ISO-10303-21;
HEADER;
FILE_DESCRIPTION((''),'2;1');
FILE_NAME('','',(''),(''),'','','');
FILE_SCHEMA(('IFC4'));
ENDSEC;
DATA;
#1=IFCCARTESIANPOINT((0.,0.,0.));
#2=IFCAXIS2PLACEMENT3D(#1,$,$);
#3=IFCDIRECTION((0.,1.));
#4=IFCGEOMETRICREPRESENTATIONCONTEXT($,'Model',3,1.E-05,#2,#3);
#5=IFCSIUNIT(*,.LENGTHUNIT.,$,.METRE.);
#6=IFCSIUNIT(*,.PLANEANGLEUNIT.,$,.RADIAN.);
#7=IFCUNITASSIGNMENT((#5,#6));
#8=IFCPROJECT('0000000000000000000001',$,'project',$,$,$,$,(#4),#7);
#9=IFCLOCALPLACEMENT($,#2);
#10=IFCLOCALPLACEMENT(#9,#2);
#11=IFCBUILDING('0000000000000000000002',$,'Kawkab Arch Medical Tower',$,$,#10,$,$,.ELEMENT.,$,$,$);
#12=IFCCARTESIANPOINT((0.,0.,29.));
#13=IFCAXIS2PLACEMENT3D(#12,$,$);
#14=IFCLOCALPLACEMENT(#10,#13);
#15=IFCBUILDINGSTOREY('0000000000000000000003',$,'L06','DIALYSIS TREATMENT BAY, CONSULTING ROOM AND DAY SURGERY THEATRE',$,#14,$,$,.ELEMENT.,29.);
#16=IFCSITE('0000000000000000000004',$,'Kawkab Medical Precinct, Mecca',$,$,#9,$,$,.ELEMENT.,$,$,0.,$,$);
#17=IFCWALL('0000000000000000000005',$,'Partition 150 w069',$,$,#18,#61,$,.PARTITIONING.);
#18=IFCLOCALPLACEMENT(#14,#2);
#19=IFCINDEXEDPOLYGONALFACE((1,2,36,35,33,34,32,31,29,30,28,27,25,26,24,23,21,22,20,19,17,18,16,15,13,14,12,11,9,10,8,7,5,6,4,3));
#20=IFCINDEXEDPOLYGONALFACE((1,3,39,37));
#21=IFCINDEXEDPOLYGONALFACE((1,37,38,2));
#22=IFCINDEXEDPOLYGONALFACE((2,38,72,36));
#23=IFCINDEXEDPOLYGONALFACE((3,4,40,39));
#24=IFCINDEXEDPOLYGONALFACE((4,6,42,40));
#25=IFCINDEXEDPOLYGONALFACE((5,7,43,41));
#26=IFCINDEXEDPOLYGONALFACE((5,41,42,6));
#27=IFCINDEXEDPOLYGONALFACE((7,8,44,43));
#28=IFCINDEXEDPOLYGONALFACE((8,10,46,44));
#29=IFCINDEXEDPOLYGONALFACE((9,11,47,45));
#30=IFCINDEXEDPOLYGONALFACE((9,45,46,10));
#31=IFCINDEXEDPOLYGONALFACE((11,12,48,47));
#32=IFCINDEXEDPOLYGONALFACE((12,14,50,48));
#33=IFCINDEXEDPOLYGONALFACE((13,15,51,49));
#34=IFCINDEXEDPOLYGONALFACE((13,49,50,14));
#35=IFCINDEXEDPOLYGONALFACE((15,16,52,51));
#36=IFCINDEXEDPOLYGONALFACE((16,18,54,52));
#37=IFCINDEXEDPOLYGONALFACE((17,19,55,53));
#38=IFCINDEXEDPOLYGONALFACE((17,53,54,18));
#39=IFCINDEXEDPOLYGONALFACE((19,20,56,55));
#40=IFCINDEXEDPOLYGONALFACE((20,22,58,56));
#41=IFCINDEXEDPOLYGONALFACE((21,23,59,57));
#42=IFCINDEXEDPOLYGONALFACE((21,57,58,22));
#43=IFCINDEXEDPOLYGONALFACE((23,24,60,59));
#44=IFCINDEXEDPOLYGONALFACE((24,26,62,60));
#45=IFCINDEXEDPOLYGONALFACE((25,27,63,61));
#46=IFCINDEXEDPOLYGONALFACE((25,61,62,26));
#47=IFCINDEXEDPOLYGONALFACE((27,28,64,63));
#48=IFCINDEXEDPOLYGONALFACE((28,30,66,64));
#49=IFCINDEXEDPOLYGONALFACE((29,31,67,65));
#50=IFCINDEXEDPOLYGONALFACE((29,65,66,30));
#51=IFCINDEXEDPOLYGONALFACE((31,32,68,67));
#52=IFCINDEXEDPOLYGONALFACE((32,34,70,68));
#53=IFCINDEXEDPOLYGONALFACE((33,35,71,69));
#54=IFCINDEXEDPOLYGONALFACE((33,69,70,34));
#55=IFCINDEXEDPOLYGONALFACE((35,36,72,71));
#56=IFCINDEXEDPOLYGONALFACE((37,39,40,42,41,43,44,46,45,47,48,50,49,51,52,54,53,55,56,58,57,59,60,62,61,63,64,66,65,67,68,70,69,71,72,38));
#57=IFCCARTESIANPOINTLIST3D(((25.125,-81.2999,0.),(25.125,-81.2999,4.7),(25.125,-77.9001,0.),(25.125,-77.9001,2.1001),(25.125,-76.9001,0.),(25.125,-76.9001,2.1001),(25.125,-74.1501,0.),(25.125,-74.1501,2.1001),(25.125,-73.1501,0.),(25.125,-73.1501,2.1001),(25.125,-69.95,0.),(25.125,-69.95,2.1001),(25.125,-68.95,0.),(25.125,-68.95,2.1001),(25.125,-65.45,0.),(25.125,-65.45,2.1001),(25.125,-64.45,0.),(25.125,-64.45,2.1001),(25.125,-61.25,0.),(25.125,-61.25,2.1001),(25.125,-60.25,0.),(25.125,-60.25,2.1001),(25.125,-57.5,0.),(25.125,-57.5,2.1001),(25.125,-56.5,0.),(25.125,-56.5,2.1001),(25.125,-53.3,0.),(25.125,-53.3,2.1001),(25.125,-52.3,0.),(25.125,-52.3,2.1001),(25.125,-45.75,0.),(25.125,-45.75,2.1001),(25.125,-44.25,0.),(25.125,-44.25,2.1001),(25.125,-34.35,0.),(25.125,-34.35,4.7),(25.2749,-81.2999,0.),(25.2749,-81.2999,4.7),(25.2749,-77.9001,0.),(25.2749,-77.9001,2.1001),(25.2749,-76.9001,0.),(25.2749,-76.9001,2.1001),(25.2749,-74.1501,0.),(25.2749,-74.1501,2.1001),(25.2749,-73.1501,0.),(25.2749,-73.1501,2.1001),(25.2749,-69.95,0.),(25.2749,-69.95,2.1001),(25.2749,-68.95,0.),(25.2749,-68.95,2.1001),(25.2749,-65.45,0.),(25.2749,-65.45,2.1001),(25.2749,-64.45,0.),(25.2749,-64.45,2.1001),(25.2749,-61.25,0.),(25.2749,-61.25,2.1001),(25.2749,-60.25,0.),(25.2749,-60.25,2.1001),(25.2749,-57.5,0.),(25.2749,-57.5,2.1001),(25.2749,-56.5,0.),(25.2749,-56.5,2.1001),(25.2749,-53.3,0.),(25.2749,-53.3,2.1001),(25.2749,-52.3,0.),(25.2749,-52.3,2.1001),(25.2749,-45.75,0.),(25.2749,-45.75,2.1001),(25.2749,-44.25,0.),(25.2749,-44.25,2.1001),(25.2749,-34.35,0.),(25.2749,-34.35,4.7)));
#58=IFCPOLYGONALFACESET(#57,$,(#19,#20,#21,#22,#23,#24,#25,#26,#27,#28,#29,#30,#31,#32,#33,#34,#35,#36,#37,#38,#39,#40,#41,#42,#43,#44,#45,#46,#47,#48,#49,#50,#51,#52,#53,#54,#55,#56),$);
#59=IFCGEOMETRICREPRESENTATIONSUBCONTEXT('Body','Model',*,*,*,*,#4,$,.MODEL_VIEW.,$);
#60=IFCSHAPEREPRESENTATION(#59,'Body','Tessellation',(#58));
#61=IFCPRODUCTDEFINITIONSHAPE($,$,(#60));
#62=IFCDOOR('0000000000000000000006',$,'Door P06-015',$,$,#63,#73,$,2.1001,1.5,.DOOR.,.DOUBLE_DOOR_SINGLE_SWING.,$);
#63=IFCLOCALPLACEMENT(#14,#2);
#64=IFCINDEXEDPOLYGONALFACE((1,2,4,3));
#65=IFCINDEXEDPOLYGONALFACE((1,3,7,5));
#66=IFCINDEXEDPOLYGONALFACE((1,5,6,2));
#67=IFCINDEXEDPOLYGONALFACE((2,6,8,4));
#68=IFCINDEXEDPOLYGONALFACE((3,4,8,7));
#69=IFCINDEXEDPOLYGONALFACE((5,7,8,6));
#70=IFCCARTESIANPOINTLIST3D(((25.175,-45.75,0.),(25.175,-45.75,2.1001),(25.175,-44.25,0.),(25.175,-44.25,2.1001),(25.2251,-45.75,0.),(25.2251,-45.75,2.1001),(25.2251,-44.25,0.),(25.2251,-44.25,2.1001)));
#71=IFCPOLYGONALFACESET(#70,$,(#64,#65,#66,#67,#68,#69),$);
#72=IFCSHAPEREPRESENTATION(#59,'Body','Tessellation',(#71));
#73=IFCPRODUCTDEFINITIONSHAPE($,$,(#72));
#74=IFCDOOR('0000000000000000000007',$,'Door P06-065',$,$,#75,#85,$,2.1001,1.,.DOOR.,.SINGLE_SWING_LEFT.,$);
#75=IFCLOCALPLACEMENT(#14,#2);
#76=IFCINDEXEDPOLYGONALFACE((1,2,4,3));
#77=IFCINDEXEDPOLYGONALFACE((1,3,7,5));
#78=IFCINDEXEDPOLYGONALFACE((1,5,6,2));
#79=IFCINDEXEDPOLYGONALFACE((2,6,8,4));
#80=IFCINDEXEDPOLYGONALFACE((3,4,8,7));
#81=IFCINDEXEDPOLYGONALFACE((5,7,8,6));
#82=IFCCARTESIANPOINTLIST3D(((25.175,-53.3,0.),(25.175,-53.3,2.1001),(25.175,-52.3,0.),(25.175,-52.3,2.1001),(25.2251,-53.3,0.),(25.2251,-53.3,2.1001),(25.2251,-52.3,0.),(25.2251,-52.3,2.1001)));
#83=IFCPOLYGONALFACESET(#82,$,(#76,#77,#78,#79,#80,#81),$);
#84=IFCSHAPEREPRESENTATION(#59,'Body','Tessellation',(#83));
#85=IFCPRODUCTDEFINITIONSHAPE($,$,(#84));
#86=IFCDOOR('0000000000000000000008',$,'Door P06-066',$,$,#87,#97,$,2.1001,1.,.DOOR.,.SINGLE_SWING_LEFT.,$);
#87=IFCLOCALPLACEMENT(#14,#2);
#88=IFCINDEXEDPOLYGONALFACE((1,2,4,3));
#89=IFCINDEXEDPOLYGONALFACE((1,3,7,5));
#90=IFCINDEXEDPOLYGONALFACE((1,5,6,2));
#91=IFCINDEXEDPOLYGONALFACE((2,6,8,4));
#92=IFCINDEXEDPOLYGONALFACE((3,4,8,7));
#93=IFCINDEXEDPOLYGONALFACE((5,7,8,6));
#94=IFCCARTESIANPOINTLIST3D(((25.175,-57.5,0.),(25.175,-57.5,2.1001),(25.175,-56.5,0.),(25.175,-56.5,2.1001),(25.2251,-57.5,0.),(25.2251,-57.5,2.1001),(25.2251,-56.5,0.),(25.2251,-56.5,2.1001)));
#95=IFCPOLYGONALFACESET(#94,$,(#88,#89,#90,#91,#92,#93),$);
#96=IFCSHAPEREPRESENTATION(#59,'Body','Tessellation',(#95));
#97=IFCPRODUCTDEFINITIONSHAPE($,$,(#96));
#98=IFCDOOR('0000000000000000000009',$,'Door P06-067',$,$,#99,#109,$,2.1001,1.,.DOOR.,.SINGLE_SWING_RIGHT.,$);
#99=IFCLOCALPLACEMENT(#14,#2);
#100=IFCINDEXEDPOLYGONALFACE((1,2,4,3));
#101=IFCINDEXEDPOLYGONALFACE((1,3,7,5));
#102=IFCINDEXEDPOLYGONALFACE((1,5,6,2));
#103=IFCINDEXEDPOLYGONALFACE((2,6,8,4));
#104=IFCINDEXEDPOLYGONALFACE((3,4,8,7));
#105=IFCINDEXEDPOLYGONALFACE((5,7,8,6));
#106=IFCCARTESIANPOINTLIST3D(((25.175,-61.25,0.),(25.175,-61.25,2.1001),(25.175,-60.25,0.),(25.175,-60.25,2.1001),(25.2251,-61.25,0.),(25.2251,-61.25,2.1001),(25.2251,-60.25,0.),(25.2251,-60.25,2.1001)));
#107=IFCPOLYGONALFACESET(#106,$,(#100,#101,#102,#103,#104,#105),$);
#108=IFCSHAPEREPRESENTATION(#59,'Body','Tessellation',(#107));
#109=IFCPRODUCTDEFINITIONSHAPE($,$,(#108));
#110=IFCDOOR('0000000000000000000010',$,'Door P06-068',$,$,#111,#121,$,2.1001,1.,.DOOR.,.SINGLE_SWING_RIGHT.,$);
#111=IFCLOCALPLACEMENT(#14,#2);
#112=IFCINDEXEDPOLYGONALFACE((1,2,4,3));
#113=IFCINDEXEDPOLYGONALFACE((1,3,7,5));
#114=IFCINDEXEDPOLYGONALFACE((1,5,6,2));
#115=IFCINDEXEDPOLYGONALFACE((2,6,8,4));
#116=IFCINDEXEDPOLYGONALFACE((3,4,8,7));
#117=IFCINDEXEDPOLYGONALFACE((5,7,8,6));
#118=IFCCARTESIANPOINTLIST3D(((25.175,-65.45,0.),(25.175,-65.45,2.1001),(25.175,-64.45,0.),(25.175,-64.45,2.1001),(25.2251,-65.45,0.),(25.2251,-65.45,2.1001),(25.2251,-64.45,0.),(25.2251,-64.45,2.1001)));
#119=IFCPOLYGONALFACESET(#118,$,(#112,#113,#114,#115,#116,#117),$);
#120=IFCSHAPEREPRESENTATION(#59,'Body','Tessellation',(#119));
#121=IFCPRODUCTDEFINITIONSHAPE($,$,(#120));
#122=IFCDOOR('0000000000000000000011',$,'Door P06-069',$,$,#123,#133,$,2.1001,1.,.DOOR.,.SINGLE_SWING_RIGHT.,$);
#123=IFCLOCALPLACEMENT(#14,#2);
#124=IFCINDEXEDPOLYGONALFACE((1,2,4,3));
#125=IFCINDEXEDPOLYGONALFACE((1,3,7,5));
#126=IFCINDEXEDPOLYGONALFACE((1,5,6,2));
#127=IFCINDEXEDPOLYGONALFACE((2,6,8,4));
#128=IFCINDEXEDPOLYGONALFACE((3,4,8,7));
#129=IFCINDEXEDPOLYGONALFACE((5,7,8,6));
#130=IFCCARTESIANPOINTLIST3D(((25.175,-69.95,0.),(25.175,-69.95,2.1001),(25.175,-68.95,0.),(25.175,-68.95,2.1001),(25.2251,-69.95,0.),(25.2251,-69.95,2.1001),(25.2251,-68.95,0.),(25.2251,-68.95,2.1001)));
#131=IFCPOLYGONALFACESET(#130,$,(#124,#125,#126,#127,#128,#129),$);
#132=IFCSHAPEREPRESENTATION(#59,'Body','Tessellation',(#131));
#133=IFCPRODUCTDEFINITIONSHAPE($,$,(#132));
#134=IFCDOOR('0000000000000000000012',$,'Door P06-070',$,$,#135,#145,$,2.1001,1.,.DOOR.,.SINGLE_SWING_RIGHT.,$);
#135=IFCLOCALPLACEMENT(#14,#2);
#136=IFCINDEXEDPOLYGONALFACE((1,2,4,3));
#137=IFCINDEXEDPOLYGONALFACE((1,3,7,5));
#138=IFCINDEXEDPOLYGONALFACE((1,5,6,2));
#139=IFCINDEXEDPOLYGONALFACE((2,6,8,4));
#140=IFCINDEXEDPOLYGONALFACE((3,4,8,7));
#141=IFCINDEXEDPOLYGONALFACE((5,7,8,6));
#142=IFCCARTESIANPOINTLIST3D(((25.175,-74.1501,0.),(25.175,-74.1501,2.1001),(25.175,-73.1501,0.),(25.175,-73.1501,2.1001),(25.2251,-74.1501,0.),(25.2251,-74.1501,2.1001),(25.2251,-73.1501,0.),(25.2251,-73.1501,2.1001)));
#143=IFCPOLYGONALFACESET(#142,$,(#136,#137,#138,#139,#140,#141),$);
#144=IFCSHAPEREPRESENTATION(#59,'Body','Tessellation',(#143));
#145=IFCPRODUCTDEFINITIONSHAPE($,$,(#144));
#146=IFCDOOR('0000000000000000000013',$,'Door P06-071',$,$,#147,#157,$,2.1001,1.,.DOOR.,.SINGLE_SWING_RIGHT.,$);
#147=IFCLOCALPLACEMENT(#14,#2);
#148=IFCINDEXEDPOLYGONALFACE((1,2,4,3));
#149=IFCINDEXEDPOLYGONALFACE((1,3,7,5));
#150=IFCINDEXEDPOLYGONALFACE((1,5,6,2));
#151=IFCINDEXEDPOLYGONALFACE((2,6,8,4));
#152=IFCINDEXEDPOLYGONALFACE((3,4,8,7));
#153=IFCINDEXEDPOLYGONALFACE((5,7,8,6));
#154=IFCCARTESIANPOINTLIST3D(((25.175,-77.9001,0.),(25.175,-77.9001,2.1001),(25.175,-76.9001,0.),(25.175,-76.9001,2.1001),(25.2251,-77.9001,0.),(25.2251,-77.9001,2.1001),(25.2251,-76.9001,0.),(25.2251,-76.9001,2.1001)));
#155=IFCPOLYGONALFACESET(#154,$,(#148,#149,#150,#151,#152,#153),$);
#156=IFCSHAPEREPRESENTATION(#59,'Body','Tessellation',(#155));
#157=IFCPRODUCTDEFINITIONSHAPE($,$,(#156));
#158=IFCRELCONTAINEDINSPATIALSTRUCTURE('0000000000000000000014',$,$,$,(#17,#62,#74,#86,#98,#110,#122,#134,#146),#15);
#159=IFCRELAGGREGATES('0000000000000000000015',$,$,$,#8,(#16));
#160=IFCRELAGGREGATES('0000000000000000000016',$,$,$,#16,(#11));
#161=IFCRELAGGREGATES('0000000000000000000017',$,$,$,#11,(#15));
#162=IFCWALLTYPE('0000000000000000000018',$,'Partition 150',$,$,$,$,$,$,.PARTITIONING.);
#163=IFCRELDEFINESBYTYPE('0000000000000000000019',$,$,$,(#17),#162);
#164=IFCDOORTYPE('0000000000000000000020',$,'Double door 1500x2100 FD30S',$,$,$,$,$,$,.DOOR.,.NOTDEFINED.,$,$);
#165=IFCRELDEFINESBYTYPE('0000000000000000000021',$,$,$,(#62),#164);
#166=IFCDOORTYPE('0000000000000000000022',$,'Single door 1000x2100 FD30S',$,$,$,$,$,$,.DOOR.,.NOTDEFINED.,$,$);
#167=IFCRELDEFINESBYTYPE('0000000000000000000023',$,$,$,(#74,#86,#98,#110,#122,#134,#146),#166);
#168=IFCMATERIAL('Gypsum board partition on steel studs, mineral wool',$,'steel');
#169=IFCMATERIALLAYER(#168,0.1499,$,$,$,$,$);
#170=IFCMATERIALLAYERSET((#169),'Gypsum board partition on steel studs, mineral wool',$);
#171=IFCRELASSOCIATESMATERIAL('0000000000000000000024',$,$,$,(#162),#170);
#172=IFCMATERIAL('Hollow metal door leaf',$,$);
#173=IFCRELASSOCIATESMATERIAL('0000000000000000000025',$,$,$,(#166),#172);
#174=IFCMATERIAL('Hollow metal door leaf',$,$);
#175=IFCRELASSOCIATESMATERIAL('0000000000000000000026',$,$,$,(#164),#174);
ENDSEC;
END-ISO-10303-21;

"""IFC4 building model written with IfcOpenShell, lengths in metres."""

from ifc_helpers import new_model, si_unit, direction, frame, frame_2d, origin, place, context, subcontext, project, spatial, rectangle, extrude, material, layer, layer_set, type_object, element, fill, save


model = new_model("IFC4")

# Units and contexts
model_context = context("Model", 3, precision=1e-05, world=origin(), true_north=direction((0.0, 1.0)))
body_context = subcontext(model_context, "Body", "Model", "MODEL_VIEW")
ifc_project = project(units=[si_unit("LENGTHUNIT", "METRE"), si_unit("PLANEANGLEUNIT", "RADIAN")], contexts=[model_context])

# Site, building, storey
site_placement = place(None, origin())
site = spatial("IfcSite", under=ifc_project, at=site_placement, Name="Kawkab Medical Precinct, Mecca", CompositionType="ELEMENT", RefElevation=0.0)
building_placement = place(site_placement, origin())
building = spatial("IfcBuilding", under=site, at=building_placement, Name="Kawkab Arch Medical Tower", CompositionType="ELEMENT")
storey_placement = place(building_placement, frame((0.0, 0.0, 29.0)))
storey = spatial("IfcBuildingStorey", under=building, at=storey_placement, Name="L06", Description="DIALYSIS TREATMENT BAY, CONSULTING ROOM AND DAY SURGERY THEATRE", CompositionType="ELEMENT", Elevation=29.0)

# Shared definitions
ifc_material_1 = material(Name="Gypsum board partition on steel studs, mineral wool", Category="steel")
ifc_layer = layer(ifc_material_1, 0.1499)
ifc_layer_set = layer_set([ifc_layer], Name="Gypsum board partition on steel studs, mineral wool")
wall_type = type_object("IfcWallType", Name="Partition 150", PredefinedType="PARTITIONING", material=ifc_layer_set)

# Wall, openings, doors
ifc_material_2 = material(Name="Hollow metal door leaf")
door_type_1 = type_object("IfcDoorType", Name="Single door 1000x2100 FD30S", OperationType="NOTDEFINED", PredefinedType="DOOR", material=ifc_material_2)
wall_1_placement = place(storey_placement, frame((25.2, -81.3, 0.0), z_axis=(0.0, 0.0, 1.0), x_axis=(0.0, 1.0, 0.0)))
wall_1 = element("IfcWall", 1, at=wall_1_placement, inside=storey, type_object=wall_type, Name="Partition 150 w069", PredefinedType="PARTITIONING", context=body_context, shape_type="SweptSolid", body=[
    extrude(rectangle(XDim=46.95, YDim=0.1499, at=frame_2d((23.4751, 0.0))), origin(), (0.0, 0.0, 1.0), 4.7),
])
opening_1_placement = place(wall_1_placement, frame((35.55, 0.0, 0.0)))
opening_1 = element("IfcOpeningElement", 2, at=opening_1_placement, cuts=wall_1, PredefinedType="OPENING", context=body_context, shape_type="SweptSolid", body=[
    extrude(rectangle(XDim=1.5, YDim=2.1001, at=frame_2d((0.75, 1.05))), frame((0.0, 0.085, 0.0), z_axis=(0.0, -1.0, 0.0), x_axis=(1.0, 0.0, 0.0)), (0.0, 0.0, 1.0), 0.1699),
])
opening_2_placement = place(wall_1_placement, frame((28.0, 0.0, 0.0)))
opening_2 = element("IfcOpeningElement", 3, at=opening_2_placement, cuts=wall_1, PredefinedType="OPENING", context=body_context, shape_type="SweptSolid", body=[
    extrude(rectangle(XDim=1.0, YDim=2.1001, at=frame_2d((0.5, 1.05))), frame((0.0, 0.085, 0.0), z_axis=(0.0, -1.0, 0.0), x_axis=(1.0, 0.0, 0.0)), (0.0, 0.0, 1.0), 0.1699),
])
opening_3_placement = place(wall_1_placement, frame((23.8, 0.0, 0.0)))
opening_3 = element("IfcOpeningElement", 4, at=opening_3_placement, cuts=wall_1, PredefinedType="OPENING", context=body_context, shape_type="SweptSolid", body=[
    extrude(rectangle(XDim=1.0, YDim=2.1001, at=frame_2d((0.5, 1.05))), frame((0.0, 0.085, 0.0), z_axis=(0.0, -1.0, 0.0), x_axis=(1.0, 0.0, 0.0)), (0.0, 0.0, 1.0), 0.1699),
])
opening_4_placement = place(wall_1_placement, frame((20.05, 0.0, 0.0)))
opening_4 = element("IfcOpeningElement", 5, at=opening_4_placement, cuts=wall_1, PredefinedType="OPENING", context=body_context, shape_type="SweptSolid", body=[
    extrude(rectangle(XDim=1.0, YDim=2.1001, at=frame_2d((0.5, 1.05))), frame((0.0, 0.085, 0.0), z_axis=(0.0, -1.0, 0.0), x_axis=(1.0, 0.0, 0.0)), (0.0, 0.0, 1.0), 0.1699),
])
opening_5_placement = place(wall_1_placement, frame((15.8501, 0.0, 0.0)))
opening_5 = element("IfcOpeningElement", 6, at=opening_5_placement, cuts=wall_1, PredefinedType="OPENING", context=body_context, shape_type="SweptSolid", body=[
    extrude(rectangle(XDim=1.0, YDim=2.1001, at=frame_2d((0.5, 1.05))), frame((0.0, 0.085, 0.0), z_axis=(0.0, -1.0, 0.0), x_axis=(1.0, 0.0, 0.0)), (0.0, 0.0, 1.0), 0.1699),
])
opening_6_placement = place(wall_1_placement, frame((11.3501, 0.0, 0.0)))
opening_6 = element("IfcOpeningElement", 7, at=opening_6_placement, cuts=wall_1, PredefinedType="OPENING", context=body_context, shape_type="SweptSolid", body=[
    extrude(rectangle(XDim=1.0, YDim=2.1001, at=frame_2d((0.5, 1.05))), frame((0.0, 0.085, 0.0), z_axis=(0.0, -1.0, 0.0), x_axis=(1.0, 0.0, 0.0)), (0.0, 0.0, 1.0), 0.1699),
])
opening_7_placement = place(wall_1_placement, frame((7.1499, 0.0, 0.0)))
opening_7 = element("IfcOpeningElement", 8, at=opening_7_placement, cuts=wall_1, PredefinedType="OPENING", context=body_context, shape_type="SweptSolid", body=[
    extrude(rectangle(XDim=1.0, YDim=2.1001, at=frame_2d((0.5, 1.05))), frame((0.0, 0.085, 0.0), z_axis=(0.0, -1.0, 0.0), x_axis=(1.0, 0.0, 0.0)), (0.0, 0.0, 1.0), 0.1699),
])
opening_8_placement = place(wall_1_placement, frame((3.3999, 0.0, 0.0)))
opening_8 = element("IfcOpeningElement", 9, at=opening_8_placement, cuts=wall_1, PredefinedType="OPENING", context=body_context, shape_type="SweptSolid", body=[
    extrude(rectangle(XDim=1.0, YDim=2.1001, at=frame_2d((0.5, 1.05))), frame((0.0, 0.085, 0.0), z_axis=(0.0, -1.0, 0.0), x_axis=(1.0, 0.0, 0.0)), (0.0, 0.0, 1.0), 0.1699),
])
ifc_material_3 = material(Name="Hollow metal door leaf")
door_type_2 = type_object("IfcDoorType", Name="Double door 1500x2100 FD30S", OperationType="NOTDEFINED", PredefinedType="DOOR", material=ifc_material_3)
door_1_placement = place(opening_1_placement, origin())
door_1 = element("IfcDoor", 10, at=door_1_placement, inside=storey, type_object=door_type_2, Name="Door P06-015", OperationType="DOUBLE_DOOR_SINGLE_SWING", OverallHeight=2.1001, OverallWidth=1.5, PredefinedType="DOOR", context=body_context, shape_type="SweptSolid", body=[
    extrude(rectangle(XDim=1.5, YDim=2.1001, at=frame_2d((0.75, 1.05))), frame((0.0, 0.0249, 0.0), z_axis=(0.0, -1.0, 0.0), x_axis=(1.0, 0.0, 0.0)), (0.0, 0.0, 1.0), 0.05),
])
fill(opening_1, door_1)
door_2_placement = place(opening_2_placement, origin())
door_2 = element("IfcDoor", 11, at=door_2_placement, inside=storey, type_object=door_type_1, Name="Door P06-065", OperationType="SINGLE_SWING_LEFT", OverallHeight=2.1001, OverallWidth=1.0, PredefinedType="DOOR", context=body_context, shape_type="SweptSolid", body=[
    extrude(rectangle(XDim=1.0, YDim=2.1001, at=frame_2d((0.5, 1.05))), frame((0.0, 0.0249, 0.0), z_axis=(0.0, -1.0, 0.0), x_axis=(1.0, 0.0, 0.0)), (0.0, 0.0, 1.0), 0.05),
])
fill(opening_2, door_2)
door_3_placement = place(opening_3_placement, origin())
door_3 = element("IfcDoor", 12, at=door_3_placement, inside=storey, type_object=door_type_1, Name="Door P06-066", OperationType="SINGLE_SWING_LEFT", OverallHeight=2.1001, OverallWidth=1.0, PredefinedType="DOOR", context=body_context, shape_type="SweptSolid", body=[
    extrude(rectangle(XDim=1.0, YDim=2.1001, at=frame_2d((0.5, 1.05))), frame((0.0, 0.0249, 0.0), z_axis=(0.0, -1.0, 0.0), x_axis=(1.0, 0.0, 0.0)), (0.0, 0.0, 1.0), 0.05),
])
fill(opening_3, door_3)
door_4_placement = place(opening_4_placement, origin())
door_4 = element("IfcDoor", 13, at=door_4_placement, inside=storey, type_object=door_type_1, Name="Door P06-067", OperationType="SINGLE_SWING_RIGHT", OverallHeight=2.1001, OverallWidth=1.0, PredefinedType="DOOR", context=body_context, shape_type="SweptSolid", body=[
    extrude(rectangle(XDim=1.0, YDim=2.1001, at=frame_2d((0.5, 1.05))), frame((0.0, 0.0249, 0.0), z_axis=(0.0, -1.0, 0.0), x_axis=(1.0, 0.0, 0.0)), (0.0, 0.0, 1.0), 0.05),
])
fill(opening_4, door_4)
door_5_placement = place(opening_5_placement, origin())
door_5 = element("IfcDoor", 14, at=door_5_placement, inside=storey, type_object=door_type_1, Name="Door P06-068", OperationType="SINGLE_SWING_RIGHT", OverallHeight=2.1001, OverallWidth=1.0, PredefinedType="DOOR", context=body_context, shape_type="SweptSolid", body=[
    extrude(rectangle(XDim=1.0, YDim=2.1001, at=frame_2d((0.5, 1.05))), frame((0.0, 0.0249, 0.0), z_axis=(0.0, -1.0, 0.0), x_axis=(1.0, 0.0, 0.0)), (0.0, 0.0, 1.0), 0.05),
])
fill(opening_5, door_5)
door_6_placement = place(opening_6_placement, origin())
door_6 = element("IfcDoor", 15, at=door_6_placement, inside=storey, type_object=door_type_1, Name="Door P06-069", OperationType="SINGLE_SWING_RIGHT", OverallHeight=2.1001, OverallWidth=1.0, PredefinedType="DOOR", context=body_context, shape_type="SweptSolid", body=[
    extrude(rectangle(XDim=1.0, YDim=2.1001, at=frame_2d((0.5, 1.05))), frame((0.0, 0.0249, 0.0), z_axis=(0.0, -1.0, 0.0), x_axis=(1.0, 0.0, 0.0)), (0.0, 0.0, 1.0), 0.05),
])
fill(opening_6, door_6)
door_7_placement = place(opening_7_placement, origin())
door_7 = element("IfcDoor", 16, at=door_7_placement, inside=storey, type_object=door_type_1, Name="Door P06-070", OperationType="SINGLE_SWING_RIGHT", OverallHeight=2.1001, OverallWidth=1.0, PredefinedType="DOOR", context=body_context, shape_type="SweptSolid", body=[
    extrude(rectangle(XDim=1.0, YDim=2.1001, at=frame_2d((0.5, 1.05))), frame((0.0, 0.0249, 0.0), z_axis=(0.0, -1.0, 0.0), x_axis=(1.0, 0.0, 0.0)), (0.0, 0.0, 1.0), 0.05),
])
fill(opening_7, door_7)
door_8_placement = place(opening_8_placement, origin())
door_8 = element("IfcDoor", 17, at=door_8_placement, inside=storey, type_object=door_type_1, Name="Door P06-071", OperationType="SINGLE_SWING_RIGHT", OverallHeight=2.1001, OverallWidth=1.0, PredefinedType="DOOR", context=body_context, shape_type="SweptSolid", body=[
    extrude(rectangle(XDim=1.0, YDim=2.1001, at=frame_2d((0.5, 1.05))), frame((0.0, 0.0249, 0.0), z_axis=(0.0, -1.0, 0.0), x_axis=(1.0, 0.0, 0.0)), (0.0, 0.0, 1.0), 0.05),
])
fill(opening_8, door_8)

save(model, "model.ifc")
